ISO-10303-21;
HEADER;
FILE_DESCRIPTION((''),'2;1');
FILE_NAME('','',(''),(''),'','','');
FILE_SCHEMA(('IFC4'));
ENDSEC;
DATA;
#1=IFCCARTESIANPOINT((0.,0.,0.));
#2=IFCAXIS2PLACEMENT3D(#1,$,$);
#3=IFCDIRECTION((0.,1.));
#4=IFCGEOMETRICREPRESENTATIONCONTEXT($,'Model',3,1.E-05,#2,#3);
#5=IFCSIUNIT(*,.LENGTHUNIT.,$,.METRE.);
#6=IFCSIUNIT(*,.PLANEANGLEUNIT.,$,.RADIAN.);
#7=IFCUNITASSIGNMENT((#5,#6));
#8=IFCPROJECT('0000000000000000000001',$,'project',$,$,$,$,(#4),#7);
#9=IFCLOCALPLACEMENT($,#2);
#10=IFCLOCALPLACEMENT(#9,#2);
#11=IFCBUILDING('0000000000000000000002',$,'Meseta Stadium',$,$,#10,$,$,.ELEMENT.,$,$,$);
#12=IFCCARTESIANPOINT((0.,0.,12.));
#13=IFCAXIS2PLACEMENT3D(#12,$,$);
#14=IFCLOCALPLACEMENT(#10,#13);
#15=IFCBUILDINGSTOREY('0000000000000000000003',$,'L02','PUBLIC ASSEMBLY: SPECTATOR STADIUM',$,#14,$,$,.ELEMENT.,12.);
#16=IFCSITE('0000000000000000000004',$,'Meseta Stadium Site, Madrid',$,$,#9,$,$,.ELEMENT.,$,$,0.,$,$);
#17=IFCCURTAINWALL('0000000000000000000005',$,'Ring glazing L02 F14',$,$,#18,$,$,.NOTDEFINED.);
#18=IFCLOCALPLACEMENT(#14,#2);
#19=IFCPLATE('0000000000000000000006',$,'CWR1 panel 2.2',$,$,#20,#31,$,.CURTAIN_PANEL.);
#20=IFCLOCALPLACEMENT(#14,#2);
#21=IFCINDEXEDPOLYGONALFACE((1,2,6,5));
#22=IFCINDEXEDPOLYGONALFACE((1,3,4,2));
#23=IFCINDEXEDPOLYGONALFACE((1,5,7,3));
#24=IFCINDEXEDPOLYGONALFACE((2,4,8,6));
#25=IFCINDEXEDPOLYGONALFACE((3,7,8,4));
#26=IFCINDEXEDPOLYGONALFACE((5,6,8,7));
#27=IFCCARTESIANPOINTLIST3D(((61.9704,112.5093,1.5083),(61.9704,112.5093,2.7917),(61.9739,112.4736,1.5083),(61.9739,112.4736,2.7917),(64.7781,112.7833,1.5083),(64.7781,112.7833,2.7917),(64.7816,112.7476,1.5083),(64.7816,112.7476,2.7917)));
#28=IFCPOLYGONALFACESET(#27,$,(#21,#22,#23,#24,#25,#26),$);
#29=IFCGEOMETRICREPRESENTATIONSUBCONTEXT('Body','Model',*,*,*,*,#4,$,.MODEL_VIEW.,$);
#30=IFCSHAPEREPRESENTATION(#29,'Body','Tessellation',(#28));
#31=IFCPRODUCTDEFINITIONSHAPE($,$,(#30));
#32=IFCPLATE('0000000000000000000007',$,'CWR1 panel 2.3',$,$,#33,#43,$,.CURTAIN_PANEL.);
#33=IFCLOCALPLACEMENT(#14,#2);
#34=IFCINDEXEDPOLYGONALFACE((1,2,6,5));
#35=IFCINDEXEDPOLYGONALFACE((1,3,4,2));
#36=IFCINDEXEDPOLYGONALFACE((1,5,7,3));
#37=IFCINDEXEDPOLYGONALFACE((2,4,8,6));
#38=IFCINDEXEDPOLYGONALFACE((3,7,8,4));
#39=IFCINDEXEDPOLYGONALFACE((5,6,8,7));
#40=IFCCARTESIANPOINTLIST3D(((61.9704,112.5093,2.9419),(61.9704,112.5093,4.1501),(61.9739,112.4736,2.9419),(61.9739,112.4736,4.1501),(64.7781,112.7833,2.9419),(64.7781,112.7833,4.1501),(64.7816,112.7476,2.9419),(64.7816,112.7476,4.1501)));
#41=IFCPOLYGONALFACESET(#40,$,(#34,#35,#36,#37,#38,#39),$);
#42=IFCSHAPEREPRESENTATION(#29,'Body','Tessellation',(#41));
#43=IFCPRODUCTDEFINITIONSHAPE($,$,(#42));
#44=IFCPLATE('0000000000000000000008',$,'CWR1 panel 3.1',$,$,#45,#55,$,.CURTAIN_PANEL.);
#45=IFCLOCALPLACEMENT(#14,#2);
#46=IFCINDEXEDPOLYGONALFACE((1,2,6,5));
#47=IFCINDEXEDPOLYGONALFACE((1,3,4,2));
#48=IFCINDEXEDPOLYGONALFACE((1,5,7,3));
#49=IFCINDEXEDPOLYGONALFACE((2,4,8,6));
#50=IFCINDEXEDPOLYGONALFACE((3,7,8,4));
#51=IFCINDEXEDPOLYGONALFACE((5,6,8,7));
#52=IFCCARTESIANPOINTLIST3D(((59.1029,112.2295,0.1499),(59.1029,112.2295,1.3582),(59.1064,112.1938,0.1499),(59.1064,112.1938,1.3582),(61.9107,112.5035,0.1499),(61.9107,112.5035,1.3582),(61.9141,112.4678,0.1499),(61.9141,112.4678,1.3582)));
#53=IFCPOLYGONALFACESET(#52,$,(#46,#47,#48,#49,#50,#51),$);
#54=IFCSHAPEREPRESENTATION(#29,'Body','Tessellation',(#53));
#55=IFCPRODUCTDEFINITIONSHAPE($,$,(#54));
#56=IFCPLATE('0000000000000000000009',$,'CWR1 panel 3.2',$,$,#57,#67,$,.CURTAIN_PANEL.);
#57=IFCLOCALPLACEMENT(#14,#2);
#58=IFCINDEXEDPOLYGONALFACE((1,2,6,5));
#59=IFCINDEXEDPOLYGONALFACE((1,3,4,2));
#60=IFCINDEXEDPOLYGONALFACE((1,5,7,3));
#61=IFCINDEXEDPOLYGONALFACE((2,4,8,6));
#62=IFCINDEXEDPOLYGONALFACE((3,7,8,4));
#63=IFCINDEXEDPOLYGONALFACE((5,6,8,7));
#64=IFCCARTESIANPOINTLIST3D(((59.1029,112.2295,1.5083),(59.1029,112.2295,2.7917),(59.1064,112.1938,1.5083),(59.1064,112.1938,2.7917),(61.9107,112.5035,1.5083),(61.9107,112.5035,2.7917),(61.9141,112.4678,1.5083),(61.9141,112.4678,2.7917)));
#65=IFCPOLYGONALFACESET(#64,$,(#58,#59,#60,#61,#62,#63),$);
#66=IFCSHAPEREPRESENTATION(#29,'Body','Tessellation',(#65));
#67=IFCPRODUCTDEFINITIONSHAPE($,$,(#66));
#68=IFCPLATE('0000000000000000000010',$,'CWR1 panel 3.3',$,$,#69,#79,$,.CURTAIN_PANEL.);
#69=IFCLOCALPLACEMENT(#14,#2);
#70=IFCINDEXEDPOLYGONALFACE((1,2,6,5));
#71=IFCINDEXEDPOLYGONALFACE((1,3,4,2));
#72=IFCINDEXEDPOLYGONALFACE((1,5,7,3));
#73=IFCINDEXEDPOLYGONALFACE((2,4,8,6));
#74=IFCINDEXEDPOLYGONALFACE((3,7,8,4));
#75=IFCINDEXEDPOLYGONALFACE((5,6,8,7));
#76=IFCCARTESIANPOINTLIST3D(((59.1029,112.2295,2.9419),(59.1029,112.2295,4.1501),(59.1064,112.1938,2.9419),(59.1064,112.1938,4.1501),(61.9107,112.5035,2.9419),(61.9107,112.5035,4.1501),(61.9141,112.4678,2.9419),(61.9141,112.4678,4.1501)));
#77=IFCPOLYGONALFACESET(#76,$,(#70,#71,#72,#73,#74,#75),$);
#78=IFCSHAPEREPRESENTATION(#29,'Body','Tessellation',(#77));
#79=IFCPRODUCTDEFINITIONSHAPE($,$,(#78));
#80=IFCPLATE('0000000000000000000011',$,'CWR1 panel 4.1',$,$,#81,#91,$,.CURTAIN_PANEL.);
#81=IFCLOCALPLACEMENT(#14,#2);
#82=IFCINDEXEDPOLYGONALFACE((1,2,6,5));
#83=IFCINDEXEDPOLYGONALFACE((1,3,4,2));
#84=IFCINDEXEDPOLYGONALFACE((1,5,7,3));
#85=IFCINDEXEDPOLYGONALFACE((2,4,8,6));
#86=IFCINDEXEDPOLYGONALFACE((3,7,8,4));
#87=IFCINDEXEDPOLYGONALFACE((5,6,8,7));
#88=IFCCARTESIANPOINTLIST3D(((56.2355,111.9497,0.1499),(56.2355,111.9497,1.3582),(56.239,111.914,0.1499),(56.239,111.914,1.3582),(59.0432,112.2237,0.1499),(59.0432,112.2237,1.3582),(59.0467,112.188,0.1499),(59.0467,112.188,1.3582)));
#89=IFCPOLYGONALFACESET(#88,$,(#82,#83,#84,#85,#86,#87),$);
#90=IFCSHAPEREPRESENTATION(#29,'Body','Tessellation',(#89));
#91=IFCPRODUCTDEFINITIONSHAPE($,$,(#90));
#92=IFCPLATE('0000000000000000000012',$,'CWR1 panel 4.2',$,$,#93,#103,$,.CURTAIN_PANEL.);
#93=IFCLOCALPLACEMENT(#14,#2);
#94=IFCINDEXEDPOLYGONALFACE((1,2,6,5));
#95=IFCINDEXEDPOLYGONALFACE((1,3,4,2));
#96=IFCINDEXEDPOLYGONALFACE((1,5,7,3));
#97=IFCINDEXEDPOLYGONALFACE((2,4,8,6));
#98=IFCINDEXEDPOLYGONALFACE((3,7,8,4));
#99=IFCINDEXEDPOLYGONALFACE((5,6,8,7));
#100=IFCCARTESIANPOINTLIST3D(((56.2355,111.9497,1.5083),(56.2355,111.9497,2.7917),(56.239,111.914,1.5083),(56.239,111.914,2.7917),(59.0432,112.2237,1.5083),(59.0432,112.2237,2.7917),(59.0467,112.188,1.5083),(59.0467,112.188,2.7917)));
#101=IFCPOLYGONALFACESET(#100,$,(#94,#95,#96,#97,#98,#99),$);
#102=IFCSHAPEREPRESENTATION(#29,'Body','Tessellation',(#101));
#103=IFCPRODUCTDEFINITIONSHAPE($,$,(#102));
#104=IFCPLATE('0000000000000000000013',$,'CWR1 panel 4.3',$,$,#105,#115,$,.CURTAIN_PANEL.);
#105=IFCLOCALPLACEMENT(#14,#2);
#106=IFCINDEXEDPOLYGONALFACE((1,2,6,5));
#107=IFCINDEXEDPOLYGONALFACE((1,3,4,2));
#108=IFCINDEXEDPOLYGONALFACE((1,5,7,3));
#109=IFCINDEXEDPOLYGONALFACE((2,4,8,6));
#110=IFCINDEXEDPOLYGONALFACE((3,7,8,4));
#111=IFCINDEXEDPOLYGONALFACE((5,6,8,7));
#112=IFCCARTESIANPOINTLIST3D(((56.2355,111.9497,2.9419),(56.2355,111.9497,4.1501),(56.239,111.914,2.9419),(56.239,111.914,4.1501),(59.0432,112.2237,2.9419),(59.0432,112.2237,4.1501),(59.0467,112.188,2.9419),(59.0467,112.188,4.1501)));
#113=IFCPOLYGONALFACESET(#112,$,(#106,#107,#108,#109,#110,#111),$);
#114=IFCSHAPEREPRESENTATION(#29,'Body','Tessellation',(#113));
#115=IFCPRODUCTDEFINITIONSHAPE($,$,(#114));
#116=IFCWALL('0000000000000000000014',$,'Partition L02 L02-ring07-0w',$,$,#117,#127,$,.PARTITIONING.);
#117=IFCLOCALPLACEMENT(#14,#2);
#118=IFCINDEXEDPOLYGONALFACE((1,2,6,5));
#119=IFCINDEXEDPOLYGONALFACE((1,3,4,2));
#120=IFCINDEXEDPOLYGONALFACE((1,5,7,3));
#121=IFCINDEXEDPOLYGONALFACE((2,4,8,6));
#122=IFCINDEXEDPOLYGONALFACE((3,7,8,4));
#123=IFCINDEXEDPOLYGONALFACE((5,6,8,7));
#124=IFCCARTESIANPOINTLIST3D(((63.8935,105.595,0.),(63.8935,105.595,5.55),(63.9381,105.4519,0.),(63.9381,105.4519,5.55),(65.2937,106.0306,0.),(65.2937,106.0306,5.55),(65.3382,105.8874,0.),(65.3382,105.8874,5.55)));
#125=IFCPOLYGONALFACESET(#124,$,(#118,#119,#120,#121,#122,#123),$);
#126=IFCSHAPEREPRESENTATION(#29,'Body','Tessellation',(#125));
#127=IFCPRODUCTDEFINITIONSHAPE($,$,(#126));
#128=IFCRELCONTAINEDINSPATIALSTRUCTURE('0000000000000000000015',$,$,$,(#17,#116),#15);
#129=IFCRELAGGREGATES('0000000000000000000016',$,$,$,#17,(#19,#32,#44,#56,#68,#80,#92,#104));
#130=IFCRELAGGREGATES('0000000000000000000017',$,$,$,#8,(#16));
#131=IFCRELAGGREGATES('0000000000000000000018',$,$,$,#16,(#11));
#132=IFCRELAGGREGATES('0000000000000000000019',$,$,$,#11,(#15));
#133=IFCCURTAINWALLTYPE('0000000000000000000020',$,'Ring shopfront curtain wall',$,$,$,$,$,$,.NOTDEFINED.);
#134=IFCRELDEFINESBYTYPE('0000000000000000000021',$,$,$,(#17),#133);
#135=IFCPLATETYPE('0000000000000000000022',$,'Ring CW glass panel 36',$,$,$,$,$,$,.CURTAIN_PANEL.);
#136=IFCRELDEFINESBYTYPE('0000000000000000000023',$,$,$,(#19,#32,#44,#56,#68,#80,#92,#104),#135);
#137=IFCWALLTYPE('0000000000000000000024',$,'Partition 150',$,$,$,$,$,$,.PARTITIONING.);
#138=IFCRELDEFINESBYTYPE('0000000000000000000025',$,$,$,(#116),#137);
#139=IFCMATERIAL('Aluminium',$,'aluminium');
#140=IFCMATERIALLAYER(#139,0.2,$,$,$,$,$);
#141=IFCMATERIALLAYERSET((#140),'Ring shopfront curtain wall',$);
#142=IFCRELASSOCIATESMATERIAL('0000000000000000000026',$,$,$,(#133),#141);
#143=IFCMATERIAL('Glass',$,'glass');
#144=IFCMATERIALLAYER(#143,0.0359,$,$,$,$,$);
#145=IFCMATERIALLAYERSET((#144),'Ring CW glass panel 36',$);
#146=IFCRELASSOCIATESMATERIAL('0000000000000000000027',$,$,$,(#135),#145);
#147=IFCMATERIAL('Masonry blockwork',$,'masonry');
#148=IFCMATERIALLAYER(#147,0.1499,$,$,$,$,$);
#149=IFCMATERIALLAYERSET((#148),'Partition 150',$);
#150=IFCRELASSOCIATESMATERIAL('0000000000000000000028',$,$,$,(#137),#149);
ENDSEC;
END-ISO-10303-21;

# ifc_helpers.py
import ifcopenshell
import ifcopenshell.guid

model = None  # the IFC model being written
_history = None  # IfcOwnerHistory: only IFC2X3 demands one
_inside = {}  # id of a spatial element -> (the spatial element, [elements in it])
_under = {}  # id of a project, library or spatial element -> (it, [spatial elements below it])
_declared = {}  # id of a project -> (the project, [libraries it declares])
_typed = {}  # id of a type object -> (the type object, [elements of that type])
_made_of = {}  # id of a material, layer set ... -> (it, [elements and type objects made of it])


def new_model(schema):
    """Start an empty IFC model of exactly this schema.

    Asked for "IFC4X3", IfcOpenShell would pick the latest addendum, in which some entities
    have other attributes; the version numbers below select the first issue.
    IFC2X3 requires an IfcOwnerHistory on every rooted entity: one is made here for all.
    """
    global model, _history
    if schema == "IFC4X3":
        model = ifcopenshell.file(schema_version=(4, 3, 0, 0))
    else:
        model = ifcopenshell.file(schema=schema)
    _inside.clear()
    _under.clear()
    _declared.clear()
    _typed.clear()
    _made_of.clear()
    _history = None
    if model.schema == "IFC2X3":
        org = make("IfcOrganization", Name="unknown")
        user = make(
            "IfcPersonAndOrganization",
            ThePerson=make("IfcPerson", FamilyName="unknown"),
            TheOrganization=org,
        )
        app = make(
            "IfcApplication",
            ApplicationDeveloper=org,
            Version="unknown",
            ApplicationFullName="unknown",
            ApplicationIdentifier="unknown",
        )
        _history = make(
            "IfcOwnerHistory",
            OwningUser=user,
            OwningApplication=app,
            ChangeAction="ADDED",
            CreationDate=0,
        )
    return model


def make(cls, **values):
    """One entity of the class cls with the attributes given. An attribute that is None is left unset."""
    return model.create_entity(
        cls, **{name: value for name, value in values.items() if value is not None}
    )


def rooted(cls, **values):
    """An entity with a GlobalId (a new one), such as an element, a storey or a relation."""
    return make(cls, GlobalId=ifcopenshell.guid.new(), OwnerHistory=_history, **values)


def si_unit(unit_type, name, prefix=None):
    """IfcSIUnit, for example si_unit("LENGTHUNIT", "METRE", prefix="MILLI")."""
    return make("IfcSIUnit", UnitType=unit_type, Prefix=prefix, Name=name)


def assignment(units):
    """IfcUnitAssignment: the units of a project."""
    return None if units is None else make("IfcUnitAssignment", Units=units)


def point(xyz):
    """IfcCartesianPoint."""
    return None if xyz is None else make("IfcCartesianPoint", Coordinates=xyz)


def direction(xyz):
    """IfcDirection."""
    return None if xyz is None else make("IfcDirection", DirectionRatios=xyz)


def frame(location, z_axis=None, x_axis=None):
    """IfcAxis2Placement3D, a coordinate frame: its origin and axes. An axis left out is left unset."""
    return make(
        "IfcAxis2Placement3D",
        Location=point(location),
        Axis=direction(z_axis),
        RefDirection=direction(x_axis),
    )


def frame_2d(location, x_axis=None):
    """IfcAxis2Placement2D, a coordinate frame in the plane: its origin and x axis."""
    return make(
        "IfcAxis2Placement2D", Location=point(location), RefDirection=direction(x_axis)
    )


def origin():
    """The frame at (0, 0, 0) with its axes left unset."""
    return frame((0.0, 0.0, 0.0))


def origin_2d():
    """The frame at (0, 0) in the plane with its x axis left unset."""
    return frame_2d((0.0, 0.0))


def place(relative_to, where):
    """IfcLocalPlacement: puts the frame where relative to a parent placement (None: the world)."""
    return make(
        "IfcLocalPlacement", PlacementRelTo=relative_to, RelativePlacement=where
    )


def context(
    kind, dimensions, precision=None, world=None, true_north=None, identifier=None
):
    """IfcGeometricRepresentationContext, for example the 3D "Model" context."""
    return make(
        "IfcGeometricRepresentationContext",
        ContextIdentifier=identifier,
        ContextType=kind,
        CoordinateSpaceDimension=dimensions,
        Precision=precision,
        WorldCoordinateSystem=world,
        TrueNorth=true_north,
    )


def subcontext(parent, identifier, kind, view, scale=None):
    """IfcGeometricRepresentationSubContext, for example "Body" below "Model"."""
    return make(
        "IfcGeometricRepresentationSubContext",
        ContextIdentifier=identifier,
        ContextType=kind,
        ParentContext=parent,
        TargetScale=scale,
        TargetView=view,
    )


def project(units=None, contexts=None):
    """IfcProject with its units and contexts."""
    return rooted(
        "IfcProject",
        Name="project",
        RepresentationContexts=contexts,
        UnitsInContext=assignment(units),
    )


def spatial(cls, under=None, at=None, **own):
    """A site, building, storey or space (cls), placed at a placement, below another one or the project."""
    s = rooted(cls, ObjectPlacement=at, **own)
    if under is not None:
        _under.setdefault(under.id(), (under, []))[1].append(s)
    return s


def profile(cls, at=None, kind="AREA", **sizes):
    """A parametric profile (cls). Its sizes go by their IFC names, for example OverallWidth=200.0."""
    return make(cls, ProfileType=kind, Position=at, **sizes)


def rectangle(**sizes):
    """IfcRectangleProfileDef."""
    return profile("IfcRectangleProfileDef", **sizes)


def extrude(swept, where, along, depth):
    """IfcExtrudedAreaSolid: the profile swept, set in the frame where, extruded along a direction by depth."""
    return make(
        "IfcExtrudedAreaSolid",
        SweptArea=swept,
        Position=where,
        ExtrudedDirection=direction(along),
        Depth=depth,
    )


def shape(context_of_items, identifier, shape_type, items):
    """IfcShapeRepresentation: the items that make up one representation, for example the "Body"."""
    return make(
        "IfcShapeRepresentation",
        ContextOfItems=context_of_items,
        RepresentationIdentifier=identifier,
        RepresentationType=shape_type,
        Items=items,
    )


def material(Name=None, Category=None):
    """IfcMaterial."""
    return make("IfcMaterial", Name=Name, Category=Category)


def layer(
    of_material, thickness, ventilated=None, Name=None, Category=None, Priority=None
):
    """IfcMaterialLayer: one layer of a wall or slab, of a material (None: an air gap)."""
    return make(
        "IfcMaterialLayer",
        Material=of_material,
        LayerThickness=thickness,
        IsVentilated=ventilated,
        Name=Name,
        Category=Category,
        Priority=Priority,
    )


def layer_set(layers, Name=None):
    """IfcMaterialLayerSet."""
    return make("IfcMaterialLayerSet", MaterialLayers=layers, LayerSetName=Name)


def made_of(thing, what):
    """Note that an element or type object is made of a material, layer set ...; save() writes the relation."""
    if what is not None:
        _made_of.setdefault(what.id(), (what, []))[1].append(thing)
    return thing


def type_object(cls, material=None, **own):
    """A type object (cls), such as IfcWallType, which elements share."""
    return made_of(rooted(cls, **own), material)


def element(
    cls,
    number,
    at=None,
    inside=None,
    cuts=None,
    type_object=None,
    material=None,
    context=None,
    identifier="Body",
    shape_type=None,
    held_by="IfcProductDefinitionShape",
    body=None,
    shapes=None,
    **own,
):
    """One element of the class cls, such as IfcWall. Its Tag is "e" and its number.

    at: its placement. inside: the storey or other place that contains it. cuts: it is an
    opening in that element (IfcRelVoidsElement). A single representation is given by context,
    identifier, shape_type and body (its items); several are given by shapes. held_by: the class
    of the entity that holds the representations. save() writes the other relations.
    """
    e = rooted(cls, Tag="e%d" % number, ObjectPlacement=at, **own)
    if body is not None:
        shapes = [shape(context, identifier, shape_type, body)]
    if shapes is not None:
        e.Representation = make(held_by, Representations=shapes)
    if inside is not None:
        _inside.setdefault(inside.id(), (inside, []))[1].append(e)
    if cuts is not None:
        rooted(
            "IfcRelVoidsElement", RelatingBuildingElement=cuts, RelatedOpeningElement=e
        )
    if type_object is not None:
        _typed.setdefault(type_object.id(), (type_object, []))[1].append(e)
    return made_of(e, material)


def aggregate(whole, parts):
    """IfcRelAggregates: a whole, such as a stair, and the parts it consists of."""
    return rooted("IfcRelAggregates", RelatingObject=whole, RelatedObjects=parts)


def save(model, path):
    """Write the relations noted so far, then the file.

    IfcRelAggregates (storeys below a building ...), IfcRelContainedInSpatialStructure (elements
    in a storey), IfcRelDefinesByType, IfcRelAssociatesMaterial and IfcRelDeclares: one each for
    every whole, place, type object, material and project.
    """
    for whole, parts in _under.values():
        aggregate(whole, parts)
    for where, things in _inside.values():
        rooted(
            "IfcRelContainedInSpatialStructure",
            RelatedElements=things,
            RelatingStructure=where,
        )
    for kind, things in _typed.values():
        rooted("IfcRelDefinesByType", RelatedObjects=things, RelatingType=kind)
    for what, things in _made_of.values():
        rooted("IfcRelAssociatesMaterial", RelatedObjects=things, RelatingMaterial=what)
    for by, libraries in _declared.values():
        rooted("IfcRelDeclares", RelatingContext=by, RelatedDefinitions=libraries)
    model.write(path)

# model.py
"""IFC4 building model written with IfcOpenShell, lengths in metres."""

from ifc_helpers import new_model, si_unit, direction, frame, frame_2d, origin, origin_2d, place, context, subcontext, project, spatial, rectangle, extrude, material, layer, layer_set, type_object, element, aggregate, save


model = new_model("IFC4")

# Units and contexts
model_context = context("Model", 3, precision=1e-05, world=origin(), true_north=direction((0.0, 1.0)))
body_context = subcontext(model_context, "Body", "Model", "MODEL_VIEW")
ifc_project = project(units=[si_unit("LENGTHUNIT", "METRE"), si_unit("PLANEANGLEUNIT", "RADIAN")], contexts=[model_context])

# Site, building, storey
site_placement = place(None, origin())
site = spatial("IfcSite", under=ifc_project, at=site_placement, Name="Meseta Stadium Site, Madrid", CompositionType="ELEMENT", RefElevation=0.0)
building_placement = place(site_placement, origin())
building = spatial("IfcBuilding", under=site, at=building_placement, Name="Meseta Stadium", CompositionType="ELEMENT")
storey_placement = place(building_placement, frame((0.0, 0.0, 12.0)))
storey = spatial("IfcBuildingStorey", under=building, at=storey_placement, Name="L02", Description="PUBLIC ASSEMBLY: SPECTATOR STADIUM", CompositionType="ELEMENT", Elevation=12.0)

# Curtain wall, plates
ifc_material_1 = material(Name="Aluminium", Category="aluminium")
ifc_layer_1 = layer(ifc_material_1, 0.2)
ifc_layer_set_1 = layer_set([ifc_layer_1], Name="Ring shopfront curtain wall")
curtain_wall_type = type_object("IfcCurtainWallType", Name="Ring shopfront curtain wall", PredefinedType="NOTDEFINED", material=ifc_layer_set_1)
curtain_wall_placement = place(storey_placement, origin())
curtain_wall = element("IfcCurtainWall", 1, at=curtain_wall_placement, inside=storey, type_object=curtain_wall_type, Name="Ring glazing L02 F14", PredefinedType="NOTDEFINED")
ifc_material_2 = material(Name="Glass", Category="glass")
ifc_layer_2 = layer(ifc_material_2, 0.0359)
ifc_layer_set_2 = layer_set([ifc_layer_2], Name="Ring CW glass panel 36")
plate_type = type_object("IfcPlateType", Name="Ring CW glass panel 36", PredefinedType="CURTAIN_PANEL", material=ifc_layer_set_2)
plate_1_placement = place(storey_placement, frame((63.376, 112.6284, 1.5083), z_axis=(0.0, 0.0, 1.0), x_axis=(-0.995272, -0.097125, 0.0)))
plate_1 = element("IfcPlate", 2, at=plate_1_placement, type_object=plate_type, Name="CWR1 panel 2.2", PredefinedType="CURTAIN_PANEL", context=body_context, shape_type="SweptSolid", body=[
    extrude(rectangle(XDim=2.821, YDim=0.0359, at=origin_2d()), origin(), (0.0, 0.0, 1.0), 1.2834),
])
plate_2_placement = place(storey_placement, frame((63.376, 112.6284, 2.9419), z_axis=(0.0, 0.0, 1.0), x_axis=(-0.995272, -0.097125, 0.0)))
plate_2 = element("IfcPlate", 3, at=plate_2_placement, type_object=plate_type, Name="CWR1 panel 2.3", PredefinedType="CURTAIN_PANEL", context=body_context, shape_type="SweptSolid", body=[
    extrude(rectangle(XDim=2.821, YDim=0.0359, at=origin_2d()), origin(), (0.0, 0.0, 1.0), 1.2083),
])
plate_3_placement = place(storey_placement, frame((60.5085, 112.3486, 0.1499), z_axis=(0.0, 0.0, 1.0), x_axis=(-0.995272, -0.097125, 0.0)))
plate_3 = element("IfcPlate", 4, at=plate_3_placement, type_object=plate_type, Name="CWR1 panel 3.1", PredefinedType="CURTAIN_PANEL", context=body_context, shape_type="SweptSolid", body=[
    extrude(rectangle(XDim=2.821, YDim=0.0359, at=origin_2d()), origin(), (0.0, 0.0, 1.0), 1.2083),
])
plate_4_placement = place(storey_placement, frame((60.5085, 112.3486, 1.5083), z_axis=(0.0, 0.0, 1.0), x_axis=(-0.995272, -0.097125, 0.0)))
plate_4 = element("IfcPlate", 5, at=plate_4_placement, type_object=plate_type, Name="CWR1 panel 3.2", PredefinedType="CURTAIN_PANEL", context=body_context, shape_type="SweptSolid", body=[
    extrude(rectangle(XDim=2.821, YDim=0.0359, at=origin_2d()), origin(), (0.0, 0.0, 1.0), 1.2834),
])
plate_5_placement = place(storey_placement, frame((60.5085, 112.3486, 2.9419), z_axis=(0.0, 0.0, 1.0), x_axis=(-0.995272, -0.097125, 0.0)))
plate_5 = element("IfcPlate", 6, at=plate_5_placement, type_object=plate_type, Name="CWR1 panel 3.3", PredefinedType="CURTAIN_PANEL", context=body_context, shape_type="SweptSolid", body=[
    extrude(rectangle(XDim=2.821, YDim=0.0359, at=origin_2d()), origin(), (0.0, 0.0, 1.0), 1.2083),
])
plate_6_placement = place(storey_placement, frame((57.6411, 112.0688, 0.1499), z_axis=(0.0, 0.0, 1.0), x_axis=(-0.995272, -0.097125, 0.0)))
plate_6 = element("IfcPlate", 7, at=plate_6_placement, type_object=plate_type, Name="CWR1 panel 4.1", PredefinedType="CURTAIN_PANEL", context=body_context, shape_type="SweptSolid", body=[
    extrude(rectangle(XDim=2.821, YDim=0.0359, at=origin_2d()), origin(), (0.0, 0.0, 1.0), 1.2083),
])
plate_7_placement = place(storey_placement, frame((57.6411, 112.0688, 1.5083), z_axis=(0.0, 0.0, 1.0), x_axis=(-0.995272, -0.097125, 0.0)))
plate_7 = element("IfcPlate", 8, at=plate_7_placement, type_object=plate_type, Name="CWR1 panel 4.2", PredefinedType="CURTAIN_PANEL", context=body_context, shape_type="SweptSolid", body=[
    extrude(rectangle(XDim=2.821, YDim=0.0359, at=origin_2d()), origin(), (0.0, 0.0, 1.0), 1.2834),
])
plate_8_placement = place(storey_placement, frame((57.6411, 112.0688, 2.9419), z_axis=(0.0, 0.0, 1.0), x_axis=(-0.995272, -0.097125, 0.0)))
plate_8 = element("IfcPlate", 9, at=plate_8_placement, type_object=plate_type, Name="CWR1 panel 4.3", PredefinedType="CURTAIN_PANEL", context=body_context, shape_type="SweptSolid", body=[
    extrude(rectangle(XDim=2.821, YDim=0.0359, at=origin_2d()), origin(), (0.0, 0.0, 1.0), 1.2083),
])
aggregate(curtain_wall, [plate_1, plate_2, plate_3, plate_4, plate_5, plate_6, plate_7, plate_8])

# Wall
ifc_material_3 = material(Name="Masonry blockwork", Category="masonry")
ifc_layer_3 = layer(ifc_material_3, 0.1499)
ifc_layer_set_3 = layer_set([ifc_layer_3], Name="Partition 150")
wall_type = type_object("IfcWallType", Name="Partition 150", PredefinedType="PARTITIONING", material=ifc_layer_set_3)
wall_placement = place(storey_placement, frame((65.3159, 105.959, 0.0), z_axis=(0.0, 0.0, 1.0), x_axis=(-0.954867, -0.297033, 0.0)))
element("IfcWall", 10, at=wall_placement, inside=storey, type_object=wall_type, Name="Partition L02 L02-ring07-0w", PredefinedType="PARTITIONING", context=body_context, shape_type="SweptSolid", body=[
    extrude(rectangle(XDim=1.4663, YDim=0.1499, at=frame_2d((0.7332, 0.0))), origin(), (0.0, 0.0, 1.0), 5.55),
])

save(model, "model.ifc")
